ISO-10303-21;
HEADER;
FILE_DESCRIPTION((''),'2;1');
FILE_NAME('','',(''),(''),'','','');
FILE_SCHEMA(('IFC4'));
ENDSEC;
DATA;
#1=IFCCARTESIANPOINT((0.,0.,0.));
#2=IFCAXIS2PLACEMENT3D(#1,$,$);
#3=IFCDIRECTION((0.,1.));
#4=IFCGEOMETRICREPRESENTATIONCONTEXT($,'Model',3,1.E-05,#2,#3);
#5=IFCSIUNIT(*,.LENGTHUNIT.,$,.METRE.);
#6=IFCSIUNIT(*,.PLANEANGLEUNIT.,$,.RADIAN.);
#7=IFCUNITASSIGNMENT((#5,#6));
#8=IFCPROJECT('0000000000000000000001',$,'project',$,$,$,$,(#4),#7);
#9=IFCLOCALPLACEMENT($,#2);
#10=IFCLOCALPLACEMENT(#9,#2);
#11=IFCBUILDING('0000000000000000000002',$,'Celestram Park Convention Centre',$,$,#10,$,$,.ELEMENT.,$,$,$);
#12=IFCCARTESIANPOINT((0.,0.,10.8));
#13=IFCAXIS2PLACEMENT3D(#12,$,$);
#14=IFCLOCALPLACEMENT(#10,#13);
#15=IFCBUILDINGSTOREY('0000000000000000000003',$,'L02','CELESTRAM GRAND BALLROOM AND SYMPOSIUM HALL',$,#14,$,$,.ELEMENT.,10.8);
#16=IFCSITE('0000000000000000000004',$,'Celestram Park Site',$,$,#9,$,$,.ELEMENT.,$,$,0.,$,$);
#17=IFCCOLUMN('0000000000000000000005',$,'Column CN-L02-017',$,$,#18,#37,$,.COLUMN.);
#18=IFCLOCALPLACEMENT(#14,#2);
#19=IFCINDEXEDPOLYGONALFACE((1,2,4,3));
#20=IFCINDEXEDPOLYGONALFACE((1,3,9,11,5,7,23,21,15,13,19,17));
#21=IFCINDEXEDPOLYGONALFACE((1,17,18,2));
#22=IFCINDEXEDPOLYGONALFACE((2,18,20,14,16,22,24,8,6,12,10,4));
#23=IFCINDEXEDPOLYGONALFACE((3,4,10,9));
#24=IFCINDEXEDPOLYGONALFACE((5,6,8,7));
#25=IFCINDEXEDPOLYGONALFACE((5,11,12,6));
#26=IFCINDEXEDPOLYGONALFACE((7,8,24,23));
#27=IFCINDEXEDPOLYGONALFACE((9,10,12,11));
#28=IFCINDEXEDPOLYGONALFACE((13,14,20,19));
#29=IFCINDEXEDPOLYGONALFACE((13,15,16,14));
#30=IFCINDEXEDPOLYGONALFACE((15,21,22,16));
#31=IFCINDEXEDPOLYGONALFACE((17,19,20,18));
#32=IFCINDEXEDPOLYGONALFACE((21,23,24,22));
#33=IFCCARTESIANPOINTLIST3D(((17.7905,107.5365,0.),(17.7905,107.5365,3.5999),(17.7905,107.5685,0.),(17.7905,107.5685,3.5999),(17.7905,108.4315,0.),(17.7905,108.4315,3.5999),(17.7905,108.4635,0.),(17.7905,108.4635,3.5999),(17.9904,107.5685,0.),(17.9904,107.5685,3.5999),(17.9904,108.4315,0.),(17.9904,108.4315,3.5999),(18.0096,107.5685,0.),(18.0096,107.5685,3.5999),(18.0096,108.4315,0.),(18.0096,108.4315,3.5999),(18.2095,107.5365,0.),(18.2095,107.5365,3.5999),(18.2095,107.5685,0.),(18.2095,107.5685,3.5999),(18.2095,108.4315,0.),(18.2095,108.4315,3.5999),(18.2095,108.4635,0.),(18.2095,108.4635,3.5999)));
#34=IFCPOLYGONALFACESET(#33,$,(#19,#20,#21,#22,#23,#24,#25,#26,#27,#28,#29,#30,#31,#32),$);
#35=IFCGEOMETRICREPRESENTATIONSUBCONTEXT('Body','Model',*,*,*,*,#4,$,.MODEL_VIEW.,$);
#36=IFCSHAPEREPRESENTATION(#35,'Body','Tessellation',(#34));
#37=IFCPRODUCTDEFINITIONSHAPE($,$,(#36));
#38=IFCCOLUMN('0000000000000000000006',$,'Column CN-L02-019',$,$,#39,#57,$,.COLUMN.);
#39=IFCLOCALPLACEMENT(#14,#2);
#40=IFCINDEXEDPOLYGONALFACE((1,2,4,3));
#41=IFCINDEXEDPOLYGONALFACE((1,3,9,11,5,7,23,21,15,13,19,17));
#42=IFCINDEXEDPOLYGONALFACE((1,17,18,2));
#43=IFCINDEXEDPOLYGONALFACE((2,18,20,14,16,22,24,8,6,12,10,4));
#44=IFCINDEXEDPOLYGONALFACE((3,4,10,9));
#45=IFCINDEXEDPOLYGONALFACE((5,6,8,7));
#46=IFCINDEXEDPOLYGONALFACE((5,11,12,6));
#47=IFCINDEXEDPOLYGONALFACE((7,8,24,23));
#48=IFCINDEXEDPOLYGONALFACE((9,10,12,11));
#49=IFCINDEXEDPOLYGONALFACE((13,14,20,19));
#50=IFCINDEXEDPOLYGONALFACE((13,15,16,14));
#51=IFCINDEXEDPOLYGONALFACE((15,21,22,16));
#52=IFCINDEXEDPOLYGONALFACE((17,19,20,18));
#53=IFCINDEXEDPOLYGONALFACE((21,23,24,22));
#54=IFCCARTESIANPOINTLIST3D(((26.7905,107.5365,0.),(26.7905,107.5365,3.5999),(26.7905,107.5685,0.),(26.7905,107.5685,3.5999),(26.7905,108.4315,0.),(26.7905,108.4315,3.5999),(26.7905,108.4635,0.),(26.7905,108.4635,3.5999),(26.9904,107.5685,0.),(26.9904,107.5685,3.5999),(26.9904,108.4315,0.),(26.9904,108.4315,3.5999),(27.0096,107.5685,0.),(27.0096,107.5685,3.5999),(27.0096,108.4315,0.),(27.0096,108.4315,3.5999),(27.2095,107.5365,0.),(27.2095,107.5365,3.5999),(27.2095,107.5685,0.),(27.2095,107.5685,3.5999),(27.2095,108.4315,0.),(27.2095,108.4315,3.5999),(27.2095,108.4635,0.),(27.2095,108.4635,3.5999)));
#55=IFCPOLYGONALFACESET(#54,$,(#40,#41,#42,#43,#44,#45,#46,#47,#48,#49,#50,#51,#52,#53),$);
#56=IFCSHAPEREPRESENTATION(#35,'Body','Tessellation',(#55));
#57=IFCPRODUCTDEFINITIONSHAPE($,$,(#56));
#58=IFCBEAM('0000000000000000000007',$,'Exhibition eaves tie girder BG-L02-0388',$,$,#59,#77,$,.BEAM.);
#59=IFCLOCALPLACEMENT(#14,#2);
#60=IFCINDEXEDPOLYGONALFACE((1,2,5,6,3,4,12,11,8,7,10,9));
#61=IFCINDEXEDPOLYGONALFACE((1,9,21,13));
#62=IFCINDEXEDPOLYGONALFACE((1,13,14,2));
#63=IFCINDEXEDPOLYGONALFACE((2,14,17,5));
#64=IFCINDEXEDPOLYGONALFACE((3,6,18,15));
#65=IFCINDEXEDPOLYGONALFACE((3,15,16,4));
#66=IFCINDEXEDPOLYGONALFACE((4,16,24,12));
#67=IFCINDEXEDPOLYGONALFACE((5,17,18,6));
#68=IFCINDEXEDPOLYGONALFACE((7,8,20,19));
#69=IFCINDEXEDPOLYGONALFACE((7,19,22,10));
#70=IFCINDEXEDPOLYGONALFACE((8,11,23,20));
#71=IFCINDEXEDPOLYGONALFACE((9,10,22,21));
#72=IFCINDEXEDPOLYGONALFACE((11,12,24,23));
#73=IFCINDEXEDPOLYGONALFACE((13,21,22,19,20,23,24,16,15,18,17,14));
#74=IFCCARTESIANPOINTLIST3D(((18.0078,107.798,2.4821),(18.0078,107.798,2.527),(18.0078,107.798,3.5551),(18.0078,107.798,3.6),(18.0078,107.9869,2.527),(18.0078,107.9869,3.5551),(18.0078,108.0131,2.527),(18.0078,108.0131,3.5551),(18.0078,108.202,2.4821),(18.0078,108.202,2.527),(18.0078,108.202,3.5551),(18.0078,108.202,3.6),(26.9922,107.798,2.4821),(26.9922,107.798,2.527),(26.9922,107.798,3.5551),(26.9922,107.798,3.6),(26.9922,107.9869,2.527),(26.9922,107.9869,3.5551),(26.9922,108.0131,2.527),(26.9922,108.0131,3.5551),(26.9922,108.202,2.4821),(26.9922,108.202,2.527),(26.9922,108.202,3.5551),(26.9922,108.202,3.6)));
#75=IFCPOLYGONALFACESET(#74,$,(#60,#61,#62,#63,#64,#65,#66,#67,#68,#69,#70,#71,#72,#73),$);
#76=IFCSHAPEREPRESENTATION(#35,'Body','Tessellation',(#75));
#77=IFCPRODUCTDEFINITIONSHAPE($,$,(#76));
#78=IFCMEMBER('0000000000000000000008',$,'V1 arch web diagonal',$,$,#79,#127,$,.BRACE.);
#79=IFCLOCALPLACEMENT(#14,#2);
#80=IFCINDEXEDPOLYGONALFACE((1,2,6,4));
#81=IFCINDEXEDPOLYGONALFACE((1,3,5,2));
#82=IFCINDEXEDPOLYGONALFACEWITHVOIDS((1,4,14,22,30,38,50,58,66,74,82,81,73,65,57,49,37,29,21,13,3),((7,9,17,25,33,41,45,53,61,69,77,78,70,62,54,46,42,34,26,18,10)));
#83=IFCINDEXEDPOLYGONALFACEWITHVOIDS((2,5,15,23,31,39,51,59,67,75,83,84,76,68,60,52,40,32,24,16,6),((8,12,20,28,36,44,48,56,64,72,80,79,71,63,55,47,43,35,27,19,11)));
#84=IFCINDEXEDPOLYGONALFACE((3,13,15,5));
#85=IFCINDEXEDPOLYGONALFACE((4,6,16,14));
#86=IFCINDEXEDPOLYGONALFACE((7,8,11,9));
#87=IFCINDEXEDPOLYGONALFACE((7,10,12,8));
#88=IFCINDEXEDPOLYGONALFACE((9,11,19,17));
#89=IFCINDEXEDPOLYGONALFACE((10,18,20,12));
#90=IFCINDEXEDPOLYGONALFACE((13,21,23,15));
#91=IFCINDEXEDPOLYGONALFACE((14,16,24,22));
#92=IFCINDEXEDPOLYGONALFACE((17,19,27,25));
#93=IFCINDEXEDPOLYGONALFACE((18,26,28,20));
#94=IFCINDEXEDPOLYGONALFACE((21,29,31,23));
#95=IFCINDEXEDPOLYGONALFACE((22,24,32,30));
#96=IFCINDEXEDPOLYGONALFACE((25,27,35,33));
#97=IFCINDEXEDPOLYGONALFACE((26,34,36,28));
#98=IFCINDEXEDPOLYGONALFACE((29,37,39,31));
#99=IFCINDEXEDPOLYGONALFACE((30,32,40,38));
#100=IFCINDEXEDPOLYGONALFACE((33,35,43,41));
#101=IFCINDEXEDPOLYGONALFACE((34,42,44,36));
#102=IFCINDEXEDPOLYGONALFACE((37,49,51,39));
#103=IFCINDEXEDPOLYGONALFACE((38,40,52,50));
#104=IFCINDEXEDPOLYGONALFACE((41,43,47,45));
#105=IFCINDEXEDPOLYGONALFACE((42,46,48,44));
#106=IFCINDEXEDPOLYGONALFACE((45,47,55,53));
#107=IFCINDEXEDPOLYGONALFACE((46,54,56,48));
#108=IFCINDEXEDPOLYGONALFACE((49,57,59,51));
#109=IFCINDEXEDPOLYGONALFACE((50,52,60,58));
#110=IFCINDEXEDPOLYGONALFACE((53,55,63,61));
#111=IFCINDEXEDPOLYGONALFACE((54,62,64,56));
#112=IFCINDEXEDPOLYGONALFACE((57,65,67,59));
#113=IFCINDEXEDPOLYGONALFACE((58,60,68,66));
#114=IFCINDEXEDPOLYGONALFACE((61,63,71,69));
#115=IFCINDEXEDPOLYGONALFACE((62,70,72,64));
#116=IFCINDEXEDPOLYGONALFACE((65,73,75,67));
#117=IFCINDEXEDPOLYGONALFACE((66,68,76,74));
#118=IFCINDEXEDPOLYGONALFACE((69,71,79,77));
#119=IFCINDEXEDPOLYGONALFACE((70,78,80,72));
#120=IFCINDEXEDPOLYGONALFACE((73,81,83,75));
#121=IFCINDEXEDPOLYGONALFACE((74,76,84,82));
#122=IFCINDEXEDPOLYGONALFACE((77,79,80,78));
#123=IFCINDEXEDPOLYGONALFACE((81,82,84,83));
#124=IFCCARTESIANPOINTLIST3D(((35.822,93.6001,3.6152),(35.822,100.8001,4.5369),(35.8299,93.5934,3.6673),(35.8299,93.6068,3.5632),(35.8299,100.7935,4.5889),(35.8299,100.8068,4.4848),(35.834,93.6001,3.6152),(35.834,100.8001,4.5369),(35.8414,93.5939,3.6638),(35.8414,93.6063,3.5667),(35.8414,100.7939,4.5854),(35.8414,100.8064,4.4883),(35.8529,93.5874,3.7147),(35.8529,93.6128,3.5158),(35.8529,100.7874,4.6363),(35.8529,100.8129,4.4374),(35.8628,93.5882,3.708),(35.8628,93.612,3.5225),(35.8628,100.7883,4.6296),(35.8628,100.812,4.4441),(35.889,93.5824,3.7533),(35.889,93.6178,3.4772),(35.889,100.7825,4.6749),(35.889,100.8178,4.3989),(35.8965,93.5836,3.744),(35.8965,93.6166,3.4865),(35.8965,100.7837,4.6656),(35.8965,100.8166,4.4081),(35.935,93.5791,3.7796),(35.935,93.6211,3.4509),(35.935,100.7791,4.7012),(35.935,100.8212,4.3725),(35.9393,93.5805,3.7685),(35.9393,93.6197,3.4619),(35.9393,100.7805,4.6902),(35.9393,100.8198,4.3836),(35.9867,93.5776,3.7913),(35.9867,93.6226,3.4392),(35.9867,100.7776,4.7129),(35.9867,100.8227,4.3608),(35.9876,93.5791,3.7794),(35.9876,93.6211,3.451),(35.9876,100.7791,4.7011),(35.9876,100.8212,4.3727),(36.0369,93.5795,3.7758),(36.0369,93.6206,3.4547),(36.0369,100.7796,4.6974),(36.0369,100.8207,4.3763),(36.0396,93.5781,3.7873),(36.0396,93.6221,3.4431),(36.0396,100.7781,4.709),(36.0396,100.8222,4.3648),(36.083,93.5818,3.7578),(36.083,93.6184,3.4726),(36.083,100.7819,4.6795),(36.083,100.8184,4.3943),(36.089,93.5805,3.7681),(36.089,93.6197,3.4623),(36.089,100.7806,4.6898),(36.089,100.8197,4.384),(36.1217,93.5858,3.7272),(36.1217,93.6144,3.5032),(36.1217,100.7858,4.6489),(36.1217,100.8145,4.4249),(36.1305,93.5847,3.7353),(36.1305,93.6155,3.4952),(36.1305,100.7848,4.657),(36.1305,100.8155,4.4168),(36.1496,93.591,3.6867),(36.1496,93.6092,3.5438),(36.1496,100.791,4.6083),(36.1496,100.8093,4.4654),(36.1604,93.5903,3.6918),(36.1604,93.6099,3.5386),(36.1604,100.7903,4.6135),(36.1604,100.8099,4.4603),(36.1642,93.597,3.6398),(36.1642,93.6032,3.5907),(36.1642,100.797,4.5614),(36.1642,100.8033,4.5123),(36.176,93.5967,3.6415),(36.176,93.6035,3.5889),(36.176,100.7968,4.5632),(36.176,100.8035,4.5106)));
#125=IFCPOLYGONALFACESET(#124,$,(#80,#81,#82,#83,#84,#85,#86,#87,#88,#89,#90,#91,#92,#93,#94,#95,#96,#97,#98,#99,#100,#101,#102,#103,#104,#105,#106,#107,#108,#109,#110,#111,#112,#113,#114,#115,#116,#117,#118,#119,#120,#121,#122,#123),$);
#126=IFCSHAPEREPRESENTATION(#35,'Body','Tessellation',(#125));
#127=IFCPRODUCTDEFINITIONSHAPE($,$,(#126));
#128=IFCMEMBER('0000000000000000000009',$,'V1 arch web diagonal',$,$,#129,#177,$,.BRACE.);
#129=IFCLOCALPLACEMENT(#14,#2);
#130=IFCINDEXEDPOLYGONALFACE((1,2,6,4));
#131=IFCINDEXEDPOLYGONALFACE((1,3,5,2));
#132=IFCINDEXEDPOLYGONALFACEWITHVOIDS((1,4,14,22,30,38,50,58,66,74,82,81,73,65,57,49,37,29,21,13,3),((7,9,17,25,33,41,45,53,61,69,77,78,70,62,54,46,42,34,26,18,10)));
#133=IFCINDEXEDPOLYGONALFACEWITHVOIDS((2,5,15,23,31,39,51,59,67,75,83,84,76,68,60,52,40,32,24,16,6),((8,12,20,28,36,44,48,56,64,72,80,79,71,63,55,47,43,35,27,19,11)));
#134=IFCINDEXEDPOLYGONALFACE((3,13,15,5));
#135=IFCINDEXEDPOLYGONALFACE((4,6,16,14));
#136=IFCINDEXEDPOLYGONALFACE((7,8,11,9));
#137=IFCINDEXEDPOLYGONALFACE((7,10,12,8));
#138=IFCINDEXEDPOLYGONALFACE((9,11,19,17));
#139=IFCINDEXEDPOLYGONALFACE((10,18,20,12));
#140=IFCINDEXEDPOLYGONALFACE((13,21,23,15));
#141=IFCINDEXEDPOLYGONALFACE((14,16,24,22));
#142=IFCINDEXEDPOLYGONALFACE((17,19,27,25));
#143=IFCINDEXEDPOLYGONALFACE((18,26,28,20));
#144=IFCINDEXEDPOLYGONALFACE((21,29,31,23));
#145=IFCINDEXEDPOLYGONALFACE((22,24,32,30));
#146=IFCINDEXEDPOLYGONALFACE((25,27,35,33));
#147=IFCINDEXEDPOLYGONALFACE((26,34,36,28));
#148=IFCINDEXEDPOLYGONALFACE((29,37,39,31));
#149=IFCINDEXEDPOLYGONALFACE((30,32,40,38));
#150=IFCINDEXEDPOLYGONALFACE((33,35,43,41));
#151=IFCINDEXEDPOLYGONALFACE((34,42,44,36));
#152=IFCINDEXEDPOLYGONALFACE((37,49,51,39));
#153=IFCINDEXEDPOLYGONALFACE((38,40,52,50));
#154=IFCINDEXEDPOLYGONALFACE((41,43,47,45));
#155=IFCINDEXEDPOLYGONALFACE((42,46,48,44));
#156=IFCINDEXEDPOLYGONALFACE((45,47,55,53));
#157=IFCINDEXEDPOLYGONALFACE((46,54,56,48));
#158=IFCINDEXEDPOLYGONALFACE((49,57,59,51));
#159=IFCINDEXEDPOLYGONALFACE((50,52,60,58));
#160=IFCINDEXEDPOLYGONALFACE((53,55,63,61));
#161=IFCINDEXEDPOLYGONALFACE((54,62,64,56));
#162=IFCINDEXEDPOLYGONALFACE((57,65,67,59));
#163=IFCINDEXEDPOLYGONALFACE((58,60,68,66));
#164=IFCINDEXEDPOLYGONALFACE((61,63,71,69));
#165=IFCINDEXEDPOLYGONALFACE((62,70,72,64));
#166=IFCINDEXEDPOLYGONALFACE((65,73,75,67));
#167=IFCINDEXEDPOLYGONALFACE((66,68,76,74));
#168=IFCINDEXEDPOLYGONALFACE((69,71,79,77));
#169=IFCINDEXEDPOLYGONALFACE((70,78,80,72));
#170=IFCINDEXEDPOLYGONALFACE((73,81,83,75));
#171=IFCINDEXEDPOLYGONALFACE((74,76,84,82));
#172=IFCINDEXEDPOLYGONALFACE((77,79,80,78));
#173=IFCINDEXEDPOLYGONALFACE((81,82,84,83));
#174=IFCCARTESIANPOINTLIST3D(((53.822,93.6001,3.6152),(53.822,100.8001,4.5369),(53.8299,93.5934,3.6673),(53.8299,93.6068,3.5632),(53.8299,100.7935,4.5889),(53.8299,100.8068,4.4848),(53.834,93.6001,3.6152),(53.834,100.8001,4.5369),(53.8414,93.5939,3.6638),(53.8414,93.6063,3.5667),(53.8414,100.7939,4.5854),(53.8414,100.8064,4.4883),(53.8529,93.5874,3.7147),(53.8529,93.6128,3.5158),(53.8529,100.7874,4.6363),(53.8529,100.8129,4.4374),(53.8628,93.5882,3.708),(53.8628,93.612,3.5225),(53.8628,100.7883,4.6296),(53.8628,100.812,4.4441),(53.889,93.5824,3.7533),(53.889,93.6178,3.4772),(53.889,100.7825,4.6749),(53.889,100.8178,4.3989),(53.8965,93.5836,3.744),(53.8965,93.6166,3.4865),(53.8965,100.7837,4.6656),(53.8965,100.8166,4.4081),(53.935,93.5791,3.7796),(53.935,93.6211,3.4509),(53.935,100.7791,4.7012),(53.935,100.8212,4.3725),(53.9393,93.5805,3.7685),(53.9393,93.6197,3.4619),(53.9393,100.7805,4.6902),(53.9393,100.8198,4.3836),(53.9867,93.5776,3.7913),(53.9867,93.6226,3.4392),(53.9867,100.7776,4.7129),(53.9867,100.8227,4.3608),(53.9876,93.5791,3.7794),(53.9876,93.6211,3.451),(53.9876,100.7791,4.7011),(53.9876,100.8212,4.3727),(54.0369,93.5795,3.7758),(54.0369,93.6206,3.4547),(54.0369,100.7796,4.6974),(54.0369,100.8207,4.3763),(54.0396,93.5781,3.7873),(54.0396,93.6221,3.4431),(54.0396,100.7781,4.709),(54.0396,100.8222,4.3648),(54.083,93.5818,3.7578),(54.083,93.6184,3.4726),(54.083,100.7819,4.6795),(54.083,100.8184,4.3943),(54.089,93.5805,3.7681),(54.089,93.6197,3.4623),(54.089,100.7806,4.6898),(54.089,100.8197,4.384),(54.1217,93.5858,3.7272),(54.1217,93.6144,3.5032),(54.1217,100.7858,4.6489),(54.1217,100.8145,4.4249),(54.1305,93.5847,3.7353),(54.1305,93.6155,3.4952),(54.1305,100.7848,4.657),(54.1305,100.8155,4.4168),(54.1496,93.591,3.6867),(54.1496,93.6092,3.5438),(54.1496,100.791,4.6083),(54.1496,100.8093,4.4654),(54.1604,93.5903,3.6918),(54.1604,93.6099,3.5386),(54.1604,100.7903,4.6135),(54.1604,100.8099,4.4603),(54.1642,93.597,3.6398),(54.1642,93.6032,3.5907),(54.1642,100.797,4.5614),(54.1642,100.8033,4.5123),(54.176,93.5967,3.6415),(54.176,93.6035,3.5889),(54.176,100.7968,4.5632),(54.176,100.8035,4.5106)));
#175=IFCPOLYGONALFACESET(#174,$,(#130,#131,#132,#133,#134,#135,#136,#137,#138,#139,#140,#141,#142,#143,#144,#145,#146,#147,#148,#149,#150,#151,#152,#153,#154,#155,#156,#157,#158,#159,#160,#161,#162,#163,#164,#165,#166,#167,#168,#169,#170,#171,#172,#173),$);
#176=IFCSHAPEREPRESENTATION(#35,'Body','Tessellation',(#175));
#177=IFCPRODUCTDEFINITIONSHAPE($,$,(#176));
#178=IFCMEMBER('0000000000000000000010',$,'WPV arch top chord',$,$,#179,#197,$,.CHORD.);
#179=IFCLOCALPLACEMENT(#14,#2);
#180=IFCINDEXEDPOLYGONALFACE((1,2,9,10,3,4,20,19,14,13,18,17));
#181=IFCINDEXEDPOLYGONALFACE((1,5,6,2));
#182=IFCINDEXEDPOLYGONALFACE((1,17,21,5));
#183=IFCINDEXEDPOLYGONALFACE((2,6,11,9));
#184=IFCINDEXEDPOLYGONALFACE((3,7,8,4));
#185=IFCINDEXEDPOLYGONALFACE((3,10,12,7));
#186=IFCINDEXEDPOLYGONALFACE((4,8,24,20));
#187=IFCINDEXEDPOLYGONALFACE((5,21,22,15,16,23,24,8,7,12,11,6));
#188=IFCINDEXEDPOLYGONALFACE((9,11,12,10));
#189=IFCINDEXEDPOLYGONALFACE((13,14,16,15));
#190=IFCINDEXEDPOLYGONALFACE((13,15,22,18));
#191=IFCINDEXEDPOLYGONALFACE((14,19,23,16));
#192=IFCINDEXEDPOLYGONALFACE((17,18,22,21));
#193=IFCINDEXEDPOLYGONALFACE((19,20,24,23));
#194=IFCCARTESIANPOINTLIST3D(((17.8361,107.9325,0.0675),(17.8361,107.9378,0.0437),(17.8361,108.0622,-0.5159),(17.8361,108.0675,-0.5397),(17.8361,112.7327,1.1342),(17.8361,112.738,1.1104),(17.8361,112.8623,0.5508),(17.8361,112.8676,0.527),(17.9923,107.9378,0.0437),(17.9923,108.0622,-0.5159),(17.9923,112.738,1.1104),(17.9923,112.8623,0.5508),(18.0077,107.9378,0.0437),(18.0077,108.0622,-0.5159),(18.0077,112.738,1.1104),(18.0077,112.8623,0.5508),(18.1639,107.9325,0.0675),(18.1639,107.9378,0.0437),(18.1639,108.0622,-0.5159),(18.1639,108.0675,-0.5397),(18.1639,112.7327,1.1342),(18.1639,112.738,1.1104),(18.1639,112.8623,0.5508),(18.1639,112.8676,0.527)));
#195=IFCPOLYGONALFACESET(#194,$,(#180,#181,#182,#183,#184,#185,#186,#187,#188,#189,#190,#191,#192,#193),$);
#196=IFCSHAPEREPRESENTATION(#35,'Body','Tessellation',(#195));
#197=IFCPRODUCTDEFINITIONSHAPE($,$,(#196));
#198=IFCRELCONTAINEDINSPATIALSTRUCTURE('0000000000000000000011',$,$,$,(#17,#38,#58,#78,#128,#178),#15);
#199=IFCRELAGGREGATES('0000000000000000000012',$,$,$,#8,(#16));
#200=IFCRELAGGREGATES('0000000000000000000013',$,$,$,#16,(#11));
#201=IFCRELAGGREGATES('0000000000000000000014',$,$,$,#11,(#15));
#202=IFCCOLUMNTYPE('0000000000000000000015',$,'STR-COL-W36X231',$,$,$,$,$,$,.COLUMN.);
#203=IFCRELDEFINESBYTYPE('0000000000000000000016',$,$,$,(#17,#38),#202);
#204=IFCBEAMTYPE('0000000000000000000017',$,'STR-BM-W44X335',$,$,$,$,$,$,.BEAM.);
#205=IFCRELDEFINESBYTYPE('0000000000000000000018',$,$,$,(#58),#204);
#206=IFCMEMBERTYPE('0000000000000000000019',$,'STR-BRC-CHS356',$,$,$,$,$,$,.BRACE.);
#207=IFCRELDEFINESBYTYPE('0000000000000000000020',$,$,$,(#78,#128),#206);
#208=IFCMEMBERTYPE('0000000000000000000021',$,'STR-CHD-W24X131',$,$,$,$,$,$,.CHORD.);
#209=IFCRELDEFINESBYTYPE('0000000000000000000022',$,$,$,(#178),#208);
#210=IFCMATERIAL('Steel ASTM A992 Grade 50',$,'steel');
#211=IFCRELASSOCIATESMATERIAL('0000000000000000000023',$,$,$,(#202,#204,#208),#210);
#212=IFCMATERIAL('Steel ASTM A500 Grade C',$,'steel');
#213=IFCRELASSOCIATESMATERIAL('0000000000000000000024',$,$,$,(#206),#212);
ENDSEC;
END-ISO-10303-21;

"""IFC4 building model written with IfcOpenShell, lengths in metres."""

from ifc_helpers import new_model, si_unit, direction, frame, origin, origin_2d, place, context, subcontext, project, spatial, hollow_circle, i_section, extrude, material, material_profile, profile_set, type_object, element, save


model = new_model("IFC4")

# Units and contexts
model_context = context("Model", 3, precision=1e-05, world=origin(), true_north=direction((0.0, 1.0)))
body_context = subcontext(model_context, "Body", "Model", "MODEL_VIEW")
ifc_project = project(units=[si_unit("LENGTHUNIT", "METRE"), si_unit("PLANEANGLEUNIT", "RADIAN")], contexts=[model_context])

# Site, building, storey
site_placement = place(None, origin())
site = spatial("IfcSite", under=ifc_project, at=site_placement, Name="Celestram Park Site", CompositionType="ELEMENT", RefElevation=0.0)
building_placement = place(site_placement, origin())
building = spatial("IfcBuilding", under=site, at=building_placement, Name="Celestram Park Convention Centre", CompositionType="ELEMENT")
storey_placement = place(building_placement, frame((0.0, 0.0, 10.8)))
storey = spatial("IfcBuildingStorey", under=building, at=storey_placement, Name="L02", Description="CELESTRAM GRAND BALLROOM AND SYMPOSIUM HALL", CompositionType="ELEMENT", Elevation=10.8)

# Columns
ifc_material_1 = material(Name="Steel ASTM A992 Grade 50", Category="steel")
ifc_material_profile_1 = material_profile(ifc_material_1, i_section(OverallWidth=0.4189, OverallDepth=0.927, WebThickness=0.0193, FlangeThickness=0.032, at=origin_2d()), Name="W36X231")
ifc_profile_set_1 = profile_set([ifc_material_profile_1], Name="Steel ASTM A992 Grade 50")
column_type = type_object("IfcColumnType", Name="STR-COL-W36X231", PredefinedType="COLUMN", material=ifc_profile_set_1)
for number, where, z_axis, x_axis, name in (
    (1, (18.0, 108.0, 0.0), (0.0, 0.0, 1.0), (1.0, 0.0, 0.0), "Column CN-L02-017"),
    (2, (27.0, 108.0, 0.0), (0.0, 0.0, 1.0), (1.0, 0.0, 0.0), "Column CN-L02-019"),
):
    element("IfcColumn", number, at=place(storey_placement, frame(where, z_axis=z_axis, x_axis=x_axis)), inside=storey, type_object=column_type, Name=name, PredefinedType="COLUMN", context=body_context, shape_type="SweptSolid", body=[
        extrude(i_section(OverallWidth=0.4189, OverallDepth=0.927, WebThickness=0.0193, FlangeThickness=0.032, at=origin_2d()), origin(), (0.0, 0.0, 1.0), 3.5999),
    ])

# Beam
ifc_material_profile_2 = material_profile(ifc_material_1, i_section(OverallWidth=0.4041, OverallDepth=1.1179, WebThickness=0.0261, FlangeThickness=0.0449, at=origin_2d()), Name="W44X335")
ifc_profile_set_2 = profile_set([ifc_material_profile_2], Name="Steel ASTM A992 Grade 50")
beam_type = type_object("IfcBeamType", Name="STR-BM-W44X335", PredefinedType="BEAM", material=ifc_profile_set_2)
beam_placement = place(storey_placement, frame((18.0078, 108.0, 3.041), z_axis=(1.0, 0.0, 0.0), x_axis=(0.0, 1.0, 0.0)))
element("IfcBeam", 3, at=beam_placement, inside=storey, type_object=beam_type, Name="Exhibition eaves tie girder BG-L02-0388", PredefinedType="BEAM", context=body_context, shape_type="SweptSolid", body=[
    extrude(i_section(OverallWidth=0.4041, OverallDepth=1.1179, WebThickness=0.0261, FlangeThickness=0.0449, at=origin_2d()), origin(), (0.0, 0.0, 1.0), 8.9844),
])

# Members
ifc_material_2 = material(Name="Steel ASTM A500 Grade C", Category="steel")
ifc_material_profile_3 = material_profile(ifc_material_2, hollow_circle(Radius=0.178, WallThickness=0.012, at=origin_2d()), Name="CHS356X12")
ifc_profile_set_3 = profile_set([ifc_material_profile_3], Name="Steel ASTM A500 Grade C")
member_type_1 = type_object("IfcMemberType", Name="STR-BRC-CHS356", PredefinedType="BRACE", material=ifc_profile_set_3)
for number, where, z_axis, x_axis, name in (
    (4, (36.0, 93.6001, 3.6152), (0.0, 0.991907, 0.126969), (-1.0, 0.0, 0.0), "V1 arch web diagonal"),
    (5, (54.0, 93.6001, 3.6152), (0.0, 0.991907, 0.126969), (-1.0, 0.0, 0.0), "V1 arch web diagonal"),
):
    element("IfcMember", number, at=place(storey_placement, frame(where, z_axis=z_axis, x_axis=x_axis)), inside=storey, type_object=member_type_1, Name=name, PredefinedType="BRACE", context=body_context, shape_type="SweptSolid", body=[
        extrude(hollow_circle(Radius=0.178, WallThickness=0.012, at=origin_2d()), origin(), (0.0, 0.0, 1.0), 7.2588),
    ])
ifc_material_profile_4 = material_profile(ifc_material_1, i_section(OverallWidth=0.3279, OverallDepth=0.6221, WebThickness=0.0154, FlangeThickness=0.0244, at=origin_2d()), Name="W24X131")
ifc_profile_set_4 = profile_set([ifc_material_profile_4], Name="Steel ASTM A992 Grade 50")
member_type_2 = type_object("IfcMemberType", Name="STR-CHD-W24X131", PredefinedType="CHORD", material=ifc_profile_set_4)
for number, where, z_axis, x_axis, name in (
    (6, (18.0, 108.0, -0.2361), (0.0, 0.976188, 0.216925), (-1.0, 0.0, 0.0), "WPV arch top chord"),
):
    element("IfcMember", number, at=place(storey_placement, frame(where, z_axis=z_axis, x_axis=x_axis)), inside=storey, type_object=member_type_2, Name=name, PredefinedType="CHORD", context=body_context, shape_type="SweptSolid", body=[
        extrude(i_section(OverallWidth=0.3279, OverallDepth=0.6221, WebThickness=0.0154, FlangeThickness=0.0244, at=origin_2d()), origin(), (0.0, 0.0, 1.0), 4.9172),
    ])

save(model, "model.ifc")
